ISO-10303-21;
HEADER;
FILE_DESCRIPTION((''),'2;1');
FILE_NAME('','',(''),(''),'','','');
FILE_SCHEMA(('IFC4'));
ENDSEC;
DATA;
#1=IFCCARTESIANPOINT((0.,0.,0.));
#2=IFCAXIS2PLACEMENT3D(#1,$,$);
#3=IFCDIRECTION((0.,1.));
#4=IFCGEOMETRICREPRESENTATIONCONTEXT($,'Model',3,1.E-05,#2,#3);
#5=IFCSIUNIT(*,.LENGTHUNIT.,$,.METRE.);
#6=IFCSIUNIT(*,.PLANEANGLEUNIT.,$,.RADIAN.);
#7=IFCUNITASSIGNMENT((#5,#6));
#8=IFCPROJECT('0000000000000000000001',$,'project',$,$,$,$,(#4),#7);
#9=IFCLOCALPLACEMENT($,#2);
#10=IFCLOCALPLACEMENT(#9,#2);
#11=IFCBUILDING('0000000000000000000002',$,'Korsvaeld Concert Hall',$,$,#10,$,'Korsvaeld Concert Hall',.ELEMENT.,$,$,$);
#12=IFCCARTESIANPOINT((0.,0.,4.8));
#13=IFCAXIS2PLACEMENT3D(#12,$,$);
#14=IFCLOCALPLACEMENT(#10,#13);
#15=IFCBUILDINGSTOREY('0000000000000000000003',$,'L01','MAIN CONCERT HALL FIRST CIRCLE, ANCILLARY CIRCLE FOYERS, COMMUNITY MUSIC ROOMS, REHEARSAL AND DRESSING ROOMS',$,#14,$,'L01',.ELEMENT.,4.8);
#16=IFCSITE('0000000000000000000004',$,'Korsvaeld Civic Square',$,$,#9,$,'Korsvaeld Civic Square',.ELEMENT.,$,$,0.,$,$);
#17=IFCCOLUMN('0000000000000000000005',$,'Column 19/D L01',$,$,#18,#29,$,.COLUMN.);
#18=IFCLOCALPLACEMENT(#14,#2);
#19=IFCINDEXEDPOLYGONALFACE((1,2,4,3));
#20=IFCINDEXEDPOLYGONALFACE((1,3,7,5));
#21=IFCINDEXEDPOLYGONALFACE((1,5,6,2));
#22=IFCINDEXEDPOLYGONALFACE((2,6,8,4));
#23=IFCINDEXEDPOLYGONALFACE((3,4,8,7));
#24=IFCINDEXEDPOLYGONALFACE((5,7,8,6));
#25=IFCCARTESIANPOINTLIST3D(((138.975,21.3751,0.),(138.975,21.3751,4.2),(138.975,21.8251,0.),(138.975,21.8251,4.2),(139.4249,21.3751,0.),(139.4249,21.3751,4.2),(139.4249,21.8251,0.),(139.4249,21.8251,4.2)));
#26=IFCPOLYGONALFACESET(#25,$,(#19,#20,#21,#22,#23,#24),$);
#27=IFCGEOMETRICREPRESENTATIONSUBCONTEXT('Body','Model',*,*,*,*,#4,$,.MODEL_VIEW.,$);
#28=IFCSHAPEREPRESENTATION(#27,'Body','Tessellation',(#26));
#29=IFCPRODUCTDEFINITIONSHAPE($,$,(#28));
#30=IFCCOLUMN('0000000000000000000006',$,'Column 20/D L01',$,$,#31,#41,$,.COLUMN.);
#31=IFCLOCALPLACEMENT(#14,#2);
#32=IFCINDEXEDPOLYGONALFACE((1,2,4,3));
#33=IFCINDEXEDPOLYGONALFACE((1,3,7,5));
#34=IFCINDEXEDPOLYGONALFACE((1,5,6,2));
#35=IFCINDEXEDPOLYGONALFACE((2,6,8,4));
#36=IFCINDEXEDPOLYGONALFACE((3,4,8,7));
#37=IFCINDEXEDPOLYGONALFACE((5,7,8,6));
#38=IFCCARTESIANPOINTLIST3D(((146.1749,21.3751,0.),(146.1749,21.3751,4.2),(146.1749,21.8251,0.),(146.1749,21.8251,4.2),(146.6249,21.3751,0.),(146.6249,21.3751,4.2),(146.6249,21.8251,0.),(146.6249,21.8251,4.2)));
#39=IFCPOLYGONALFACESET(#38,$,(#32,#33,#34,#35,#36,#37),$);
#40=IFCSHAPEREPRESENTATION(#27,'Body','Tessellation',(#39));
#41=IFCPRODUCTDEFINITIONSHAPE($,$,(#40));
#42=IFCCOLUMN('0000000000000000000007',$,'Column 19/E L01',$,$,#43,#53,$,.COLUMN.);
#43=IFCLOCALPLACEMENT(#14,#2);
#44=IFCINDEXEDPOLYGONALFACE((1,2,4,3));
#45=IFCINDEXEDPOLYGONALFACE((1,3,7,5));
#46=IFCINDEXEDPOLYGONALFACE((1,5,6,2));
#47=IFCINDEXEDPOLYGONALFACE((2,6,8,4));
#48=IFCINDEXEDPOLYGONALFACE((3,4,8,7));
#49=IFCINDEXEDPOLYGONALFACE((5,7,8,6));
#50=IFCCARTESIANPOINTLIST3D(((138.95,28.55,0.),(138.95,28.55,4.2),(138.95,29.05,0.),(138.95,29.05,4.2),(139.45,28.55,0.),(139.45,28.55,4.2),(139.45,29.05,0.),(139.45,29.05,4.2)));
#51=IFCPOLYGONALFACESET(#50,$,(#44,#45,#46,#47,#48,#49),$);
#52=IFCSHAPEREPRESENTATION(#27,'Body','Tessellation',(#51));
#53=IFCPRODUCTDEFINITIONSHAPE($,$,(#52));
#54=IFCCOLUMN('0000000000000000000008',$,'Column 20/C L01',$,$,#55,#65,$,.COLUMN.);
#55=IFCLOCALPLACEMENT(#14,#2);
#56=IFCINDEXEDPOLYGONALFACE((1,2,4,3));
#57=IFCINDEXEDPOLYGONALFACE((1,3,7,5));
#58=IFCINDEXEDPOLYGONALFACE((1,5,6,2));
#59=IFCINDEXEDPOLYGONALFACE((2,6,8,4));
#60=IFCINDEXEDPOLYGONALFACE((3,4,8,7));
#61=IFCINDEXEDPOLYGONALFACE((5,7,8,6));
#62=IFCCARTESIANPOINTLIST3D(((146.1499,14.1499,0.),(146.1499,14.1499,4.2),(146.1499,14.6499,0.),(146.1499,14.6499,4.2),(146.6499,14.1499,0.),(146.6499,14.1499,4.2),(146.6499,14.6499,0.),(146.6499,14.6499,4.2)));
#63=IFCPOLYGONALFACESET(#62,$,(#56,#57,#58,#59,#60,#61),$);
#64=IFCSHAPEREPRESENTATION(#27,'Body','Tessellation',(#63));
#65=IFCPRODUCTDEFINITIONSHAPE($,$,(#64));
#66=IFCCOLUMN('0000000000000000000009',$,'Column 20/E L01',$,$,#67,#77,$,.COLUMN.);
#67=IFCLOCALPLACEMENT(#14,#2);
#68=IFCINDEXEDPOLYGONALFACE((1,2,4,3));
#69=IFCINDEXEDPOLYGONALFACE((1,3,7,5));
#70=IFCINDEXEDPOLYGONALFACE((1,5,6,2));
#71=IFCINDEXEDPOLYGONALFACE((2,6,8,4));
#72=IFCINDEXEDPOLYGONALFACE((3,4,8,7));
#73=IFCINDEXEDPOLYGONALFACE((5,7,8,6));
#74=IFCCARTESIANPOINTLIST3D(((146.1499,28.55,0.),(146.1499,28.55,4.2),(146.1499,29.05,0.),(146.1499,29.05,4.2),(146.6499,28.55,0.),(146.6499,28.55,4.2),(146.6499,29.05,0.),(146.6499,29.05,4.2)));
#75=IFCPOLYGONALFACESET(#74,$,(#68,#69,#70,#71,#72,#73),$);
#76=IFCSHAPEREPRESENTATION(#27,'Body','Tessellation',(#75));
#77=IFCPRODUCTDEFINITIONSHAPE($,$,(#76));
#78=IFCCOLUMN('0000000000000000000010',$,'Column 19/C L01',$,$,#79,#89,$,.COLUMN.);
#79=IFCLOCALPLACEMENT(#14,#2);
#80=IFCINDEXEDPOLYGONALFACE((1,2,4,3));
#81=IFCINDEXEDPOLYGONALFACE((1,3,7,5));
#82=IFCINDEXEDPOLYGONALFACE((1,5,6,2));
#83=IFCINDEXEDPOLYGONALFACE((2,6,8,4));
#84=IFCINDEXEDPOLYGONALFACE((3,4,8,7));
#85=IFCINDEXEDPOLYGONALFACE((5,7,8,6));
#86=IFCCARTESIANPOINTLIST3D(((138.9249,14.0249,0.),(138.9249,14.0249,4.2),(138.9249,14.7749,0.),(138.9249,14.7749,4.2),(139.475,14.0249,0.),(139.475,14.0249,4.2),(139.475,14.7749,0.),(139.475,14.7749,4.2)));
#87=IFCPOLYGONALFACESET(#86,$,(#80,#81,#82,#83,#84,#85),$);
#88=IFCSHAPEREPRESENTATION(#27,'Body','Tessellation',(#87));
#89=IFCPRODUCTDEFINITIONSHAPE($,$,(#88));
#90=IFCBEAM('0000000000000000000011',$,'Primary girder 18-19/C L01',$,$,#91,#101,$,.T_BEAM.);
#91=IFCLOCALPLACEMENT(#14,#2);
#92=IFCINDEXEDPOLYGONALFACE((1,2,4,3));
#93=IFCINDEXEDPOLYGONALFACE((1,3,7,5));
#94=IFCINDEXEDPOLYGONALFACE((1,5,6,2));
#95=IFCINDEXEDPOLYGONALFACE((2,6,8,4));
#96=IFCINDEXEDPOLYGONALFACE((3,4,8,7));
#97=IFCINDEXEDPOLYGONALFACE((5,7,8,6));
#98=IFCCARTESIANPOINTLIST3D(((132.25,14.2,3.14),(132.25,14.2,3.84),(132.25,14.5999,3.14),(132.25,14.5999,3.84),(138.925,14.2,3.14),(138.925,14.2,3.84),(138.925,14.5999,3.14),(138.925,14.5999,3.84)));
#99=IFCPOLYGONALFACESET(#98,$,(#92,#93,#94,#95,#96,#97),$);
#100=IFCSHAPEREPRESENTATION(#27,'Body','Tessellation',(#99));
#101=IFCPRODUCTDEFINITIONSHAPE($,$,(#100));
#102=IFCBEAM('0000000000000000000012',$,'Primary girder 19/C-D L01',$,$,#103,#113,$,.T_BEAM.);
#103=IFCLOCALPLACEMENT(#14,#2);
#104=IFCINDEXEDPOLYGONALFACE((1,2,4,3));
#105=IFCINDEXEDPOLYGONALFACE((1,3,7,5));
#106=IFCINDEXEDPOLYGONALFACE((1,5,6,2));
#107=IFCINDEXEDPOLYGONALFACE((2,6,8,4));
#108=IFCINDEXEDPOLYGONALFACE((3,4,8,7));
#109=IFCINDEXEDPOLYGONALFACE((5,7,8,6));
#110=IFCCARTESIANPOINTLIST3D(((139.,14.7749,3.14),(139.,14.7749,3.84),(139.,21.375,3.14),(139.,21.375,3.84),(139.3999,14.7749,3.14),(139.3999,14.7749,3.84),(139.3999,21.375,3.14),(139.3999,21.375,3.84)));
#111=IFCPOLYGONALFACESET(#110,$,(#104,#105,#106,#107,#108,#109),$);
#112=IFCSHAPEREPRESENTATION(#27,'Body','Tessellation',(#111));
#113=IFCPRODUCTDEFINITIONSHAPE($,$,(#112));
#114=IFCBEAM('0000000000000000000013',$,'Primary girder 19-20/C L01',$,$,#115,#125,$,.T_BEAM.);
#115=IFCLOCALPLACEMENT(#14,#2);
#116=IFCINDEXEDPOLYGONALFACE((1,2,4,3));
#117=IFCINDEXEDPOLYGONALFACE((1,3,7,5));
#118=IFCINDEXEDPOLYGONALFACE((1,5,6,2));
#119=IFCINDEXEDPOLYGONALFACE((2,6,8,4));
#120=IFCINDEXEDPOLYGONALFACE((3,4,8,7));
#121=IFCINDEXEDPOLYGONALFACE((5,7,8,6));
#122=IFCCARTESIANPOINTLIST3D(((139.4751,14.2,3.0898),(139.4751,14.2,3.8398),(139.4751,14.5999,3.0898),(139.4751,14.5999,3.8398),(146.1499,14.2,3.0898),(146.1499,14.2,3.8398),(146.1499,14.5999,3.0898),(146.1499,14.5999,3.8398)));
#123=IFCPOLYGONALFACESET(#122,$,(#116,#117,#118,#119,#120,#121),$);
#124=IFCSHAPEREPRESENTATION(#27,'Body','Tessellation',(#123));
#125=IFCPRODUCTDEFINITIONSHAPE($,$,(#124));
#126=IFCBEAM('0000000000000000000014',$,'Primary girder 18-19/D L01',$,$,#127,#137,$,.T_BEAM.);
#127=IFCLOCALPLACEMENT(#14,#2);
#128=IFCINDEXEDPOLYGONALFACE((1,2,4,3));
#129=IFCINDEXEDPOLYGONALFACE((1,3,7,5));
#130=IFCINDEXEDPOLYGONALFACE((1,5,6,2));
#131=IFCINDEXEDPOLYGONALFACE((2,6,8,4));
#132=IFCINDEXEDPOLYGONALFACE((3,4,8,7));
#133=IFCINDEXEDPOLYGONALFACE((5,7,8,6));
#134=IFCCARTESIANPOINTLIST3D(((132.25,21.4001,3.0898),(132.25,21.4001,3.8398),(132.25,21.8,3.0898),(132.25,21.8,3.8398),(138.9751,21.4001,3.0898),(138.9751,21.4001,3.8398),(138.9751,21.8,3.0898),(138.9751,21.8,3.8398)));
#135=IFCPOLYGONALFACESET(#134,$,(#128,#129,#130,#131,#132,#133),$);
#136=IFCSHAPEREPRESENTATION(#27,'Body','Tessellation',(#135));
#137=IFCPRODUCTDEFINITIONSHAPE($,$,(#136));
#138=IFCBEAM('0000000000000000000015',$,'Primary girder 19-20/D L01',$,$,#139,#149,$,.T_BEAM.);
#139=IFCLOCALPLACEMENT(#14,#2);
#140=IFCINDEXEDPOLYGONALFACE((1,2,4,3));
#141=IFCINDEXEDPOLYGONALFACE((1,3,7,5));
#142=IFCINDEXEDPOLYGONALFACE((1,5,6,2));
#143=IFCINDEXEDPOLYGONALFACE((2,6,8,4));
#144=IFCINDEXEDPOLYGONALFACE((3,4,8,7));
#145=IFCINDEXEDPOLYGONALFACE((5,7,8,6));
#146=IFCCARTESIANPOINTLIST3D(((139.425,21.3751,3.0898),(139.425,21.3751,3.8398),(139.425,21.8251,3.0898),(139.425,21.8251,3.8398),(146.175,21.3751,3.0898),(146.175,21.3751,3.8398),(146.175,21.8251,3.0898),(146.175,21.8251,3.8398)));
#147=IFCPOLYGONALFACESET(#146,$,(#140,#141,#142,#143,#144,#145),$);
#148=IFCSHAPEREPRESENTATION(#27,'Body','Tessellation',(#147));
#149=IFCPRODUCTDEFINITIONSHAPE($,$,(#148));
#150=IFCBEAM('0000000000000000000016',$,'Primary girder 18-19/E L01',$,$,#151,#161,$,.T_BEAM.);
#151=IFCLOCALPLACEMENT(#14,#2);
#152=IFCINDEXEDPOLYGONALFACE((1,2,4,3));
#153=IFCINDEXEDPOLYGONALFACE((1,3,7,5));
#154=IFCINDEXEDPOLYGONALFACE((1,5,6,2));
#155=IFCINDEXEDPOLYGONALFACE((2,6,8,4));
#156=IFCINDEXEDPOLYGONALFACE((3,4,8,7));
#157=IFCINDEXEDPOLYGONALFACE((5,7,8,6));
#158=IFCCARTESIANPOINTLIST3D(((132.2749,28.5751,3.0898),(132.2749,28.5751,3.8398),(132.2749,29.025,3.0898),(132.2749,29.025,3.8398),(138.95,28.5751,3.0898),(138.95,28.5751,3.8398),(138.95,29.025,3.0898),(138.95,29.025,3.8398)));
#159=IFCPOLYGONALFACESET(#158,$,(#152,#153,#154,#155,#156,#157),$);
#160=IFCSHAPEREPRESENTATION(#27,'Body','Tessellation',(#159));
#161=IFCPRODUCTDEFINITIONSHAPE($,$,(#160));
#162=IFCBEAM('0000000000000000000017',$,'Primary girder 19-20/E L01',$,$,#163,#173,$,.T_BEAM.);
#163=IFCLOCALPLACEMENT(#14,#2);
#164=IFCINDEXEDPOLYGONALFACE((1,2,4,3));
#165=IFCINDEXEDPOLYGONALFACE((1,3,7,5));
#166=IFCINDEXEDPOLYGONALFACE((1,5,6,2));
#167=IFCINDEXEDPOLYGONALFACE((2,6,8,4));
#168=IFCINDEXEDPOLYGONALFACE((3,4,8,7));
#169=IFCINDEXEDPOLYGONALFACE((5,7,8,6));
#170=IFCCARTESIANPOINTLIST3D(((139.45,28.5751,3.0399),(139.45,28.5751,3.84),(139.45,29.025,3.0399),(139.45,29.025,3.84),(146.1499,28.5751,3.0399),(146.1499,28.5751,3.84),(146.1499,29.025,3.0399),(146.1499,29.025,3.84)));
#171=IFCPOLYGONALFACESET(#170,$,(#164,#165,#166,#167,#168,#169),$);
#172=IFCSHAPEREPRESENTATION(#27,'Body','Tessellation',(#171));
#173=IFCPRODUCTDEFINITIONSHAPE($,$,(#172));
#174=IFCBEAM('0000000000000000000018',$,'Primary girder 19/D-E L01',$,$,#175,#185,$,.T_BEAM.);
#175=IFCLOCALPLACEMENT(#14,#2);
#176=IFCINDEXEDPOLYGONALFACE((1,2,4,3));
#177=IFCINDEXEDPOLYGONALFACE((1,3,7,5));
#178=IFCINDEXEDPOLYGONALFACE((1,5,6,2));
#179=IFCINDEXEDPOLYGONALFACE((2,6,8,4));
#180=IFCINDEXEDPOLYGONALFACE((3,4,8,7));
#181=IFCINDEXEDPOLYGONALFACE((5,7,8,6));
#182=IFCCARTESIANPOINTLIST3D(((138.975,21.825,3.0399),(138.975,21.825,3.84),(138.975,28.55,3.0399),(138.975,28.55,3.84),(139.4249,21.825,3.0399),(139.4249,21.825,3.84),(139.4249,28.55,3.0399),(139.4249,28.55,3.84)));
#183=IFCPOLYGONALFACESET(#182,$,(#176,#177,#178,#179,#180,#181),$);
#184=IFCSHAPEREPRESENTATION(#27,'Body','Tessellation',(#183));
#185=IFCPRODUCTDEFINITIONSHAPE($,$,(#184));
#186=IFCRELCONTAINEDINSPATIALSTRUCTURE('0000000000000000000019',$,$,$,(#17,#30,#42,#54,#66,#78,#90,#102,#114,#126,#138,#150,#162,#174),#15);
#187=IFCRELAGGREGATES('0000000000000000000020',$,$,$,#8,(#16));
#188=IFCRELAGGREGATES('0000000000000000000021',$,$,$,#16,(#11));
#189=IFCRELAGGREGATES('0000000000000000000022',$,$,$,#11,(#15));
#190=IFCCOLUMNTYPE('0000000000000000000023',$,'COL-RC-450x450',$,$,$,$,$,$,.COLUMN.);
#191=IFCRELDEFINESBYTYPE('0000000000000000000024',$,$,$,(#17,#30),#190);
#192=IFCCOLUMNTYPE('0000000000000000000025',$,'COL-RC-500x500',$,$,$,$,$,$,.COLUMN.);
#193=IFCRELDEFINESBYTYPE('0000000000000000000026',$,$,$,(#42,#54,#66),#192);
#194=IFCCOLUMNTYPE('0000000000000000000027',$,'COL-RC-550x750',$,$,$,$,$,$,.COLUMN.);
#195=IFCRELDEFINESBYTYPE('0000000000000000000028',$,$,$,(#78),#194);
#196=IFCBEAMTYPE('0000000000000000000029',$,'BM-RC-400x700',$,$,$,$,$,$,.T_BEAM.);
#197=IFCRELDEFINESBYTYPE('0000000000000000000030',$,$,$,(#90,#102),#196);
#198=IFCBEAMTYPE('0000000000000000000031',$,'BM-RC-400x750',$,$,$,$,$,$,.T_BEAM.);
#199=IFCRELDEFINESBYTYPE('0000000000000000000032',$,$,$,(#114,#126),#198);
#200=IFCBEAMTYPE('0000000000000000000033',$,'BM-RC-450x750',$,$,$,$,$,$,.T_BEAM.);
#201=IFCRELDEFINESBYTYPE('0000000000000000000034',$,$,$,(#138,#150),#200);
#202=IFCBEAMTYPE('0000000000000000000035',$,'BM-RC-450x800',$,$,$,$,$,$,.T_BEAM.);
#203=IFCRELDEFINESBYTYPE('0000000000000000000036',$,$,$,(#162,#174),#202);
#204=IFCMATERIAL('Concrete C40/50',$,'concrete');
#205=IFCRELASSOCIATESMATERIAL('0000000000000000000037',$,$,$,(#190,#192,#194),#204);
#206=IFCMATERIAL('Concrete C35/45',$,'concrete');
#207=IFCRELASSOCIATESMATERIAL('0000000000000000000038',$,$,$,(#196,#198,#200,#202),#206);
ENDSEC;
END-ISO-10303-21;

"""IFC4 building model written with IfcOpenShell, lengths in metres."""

from ifc_helpers import new_model, si_unit, direction, frame, origin, origin_2d, place, context, subcontext, project, spatial, rectangle, extrude, material, material_profile, profile_set, type_object, element, save


model = new_model("IFC4")

# Units and contexts
model_context = context("Model", 3, precision=1e-05, world=origin(), true_north=direction((0.0, 1.0)))
body_context = subcontext(model_context, "Body", "Model", "MODEL_VIEW")
ifc_project = project(units=[si_unit("LENGTHUNIT", "METRE"), si_unit("PLANEANGLEUNIT", "RADIAN")], contexts=[model_context])

# Site, building, storey
site_placement = place(None, origin())
site = spatial("IfcSite", under=ifc_project, at=site_placement, Name="Korsvaeld Civic Square", LongName="Korsvaeld Civic Square", CompositionType="ELEMENT", RefElevation=0.0)
building_placement = place(site_placement, origin())
building = spatial("IfcBuilding", under=site, at=building_placement, Name="Korsvaeld Concert Hall", LongName="Korsvaeld Concert Hall", CompositionType="ELEMENT")
storey_placement = place(building_placement, frame((0.0, 0.0, 4.8)))
storey = spatial("IfcBuildingStorey", under=building, at=storey_placement, Name="L01", Description="MAIN CONCERT HALL FIRST CIRCLE, ANCILLARY CIRCLE FOYERS, COMMUNITY MUSIC ROOMS, REHEARSAL AND DRESSING ROOMS", LongName="L01", CompositionType="ELEMENT", Elevation=4.8)

# Columns
ifc_material_1 = material(Name="Concrete C40/50", Category="concrete")
ifc_material_profile_1 = material_profile(ifc_material_1, rectangle(XDim=0.45, YDim=0.45, at=origin_2d()), Name="RC 450x450")
ifc_profile_set_1 = profile_set([ifc_material_profile_1], Name="Concrete C40/50")
column_type_1 = type_object("IfcColumnType", Name="COL-RC-450x450", PredefinedType="COLUMN", material=ifc_profile_set_1)
for number, where, z_axis, x_axis, name in (
    (1, (139.2, 21.6001, 0.0), (0.0, 0.0, 1.0), (1.0, 0.0, 0.0), "Column 19/D L01"),
    (2, (146.3999, 21.6001, 0.0), (0.0, 0.0, 1.0), (1.0, 0.0, 0.0), "Column 20/D L01"),
):
    element("IfcColumn", number, at=place(storey_placement, frame(where, z_axis=z_axis, x_axis=x_axis)), inside=storey, type_object=column_type_1, Name=name, PredefinedType="COLUMN", context=body_context, shape_type="SweptSolid", body=[
        extrude(rectangle(XDim=0.45, YDim=0.45, at=origin_2d()), origin(), (0.0, 0.0, 1.0), 4.2),
    ])
ifc_material_profile_2 = material_profile(ifc_material_1, rectangle(XDim=0.5, YDim=0.5, at=origin_2d()), Name="RC 500x500")
ifc_profile_set_2 = profile_set([ifc_material_profile_2], Name="Concrete C40/50")
column_type_2 = type_object("IfcColumnType", Name="COL-RC-500x500", PredefinedType="COLUMN", material=ifc_profile_set_2)
for number, where, z_axis, x_axis, name in (
    (3, (139.2, 28.8, 0.0), (0.0, 0.0, 1.0), (1.0, 0.0, 0.0), "Column 19/E L01"),
    (4, (146.3999, 14.3999, 0.0), (0.0, 0.0, 1.0), (1.0, 0.0, 0.0), "Column 20/C L01"),
    (5, (146.3999, 28.8, 0.0), (0.0, 0.0, 1.0), (1.0, 0.0, 0.0), "Column 20/E L01"),
):
    element("IfcColumn", number, at=place(storey_placement, frame(where, z_axis=z_axis, x_axis=x_axis)), inside=storey, type_object=column_type_2, Name=name, PredefinedType="COLUMN", context=body_context, shape_type="SweptSolid", body=[
        extrude(rectangle(XDim=0.5, YDim=0.5, at=origin_2d()), origin(), (0.0, 0.0, 1.0), 4.2),
    ])
ifc_material_profile_3 = material_profile(ifc_material_1, rectangle(XDim=0.55, YDim=0.75, at=origin_2d()), Name="RC 550x750")
ifc_profile_set_3 = profile_set([ifc_material_profile_3], Name="Concrete C40/50")
column_type_3 = type_object("IfcColumnType", Name="COL-RC-550x750", PredefinedType="COLUMN", material=ifc_profile_set_3)
column_placement = place(storey_placement, frame((139.2, 14.3999, 0.0), z_axis=(0.0, 0.0, 1.0), x_axis=(1.0, 0.0, 0.0)))
element("IfcColumn", 6, at=column_placement, inside=storey, type_object=column_type_3, Name="Column 19/C L01", PredefinedType="COLUMN", context=body_context, shape_type="SweptSolid", body=[
    extrude(rectangle(XDim=0.55, YDim=0.75, at=origin_2d()), origin(), (0.0, 0.0, 1.0), 4.2),
])

# Beams
ifc_material_2 = material(Name="Concrete C35/45", Category="concrete")
ifc_material_profile_4 = material_profile(ifc_material_2, rectangle(XDim=0.3999, YDim=0.7, at=origin_2d()), Name="RC 400x700")
ifc_profile_set_4 = profile_set([ifc_material_profile_4], Name="Concrete C35/45")
beam_type_1 = type_object("IfcBeamType", Name="BM-RC-400x700", PredefinedType="T_BEAM", material=ifc_profile_set_4)
beam_1_placement = place(storey_placement, frame((132.25, 14.3999, 3.49), z_axis=(1.0, 0.0, 0.0), x_axis=(0.0, 1.0, 0.0)))
element("IfcBeam", 7, at=beam_1_placement, inside=storey, type_object=beam_type_1, Name="Primary girder 18-19/C L01", PredefinedType="T_BEAM", context=body_context, shape_type="SweptSolid", body=[
    extrude(rectangle(XDim=0.3999, YDim=0.7, at=origin_2d()), origin(), (0.0, 0.0, 1.0), 6.675),
])
beam_2_placement = place(storey_placement, frame((139.2, 14.7749, 3.49), z_axis=(0.0, 1.0, 0.0), x_axis=(-1.0, 0.0, 0.0)))
element("IfcBeam", 8, at=beam_2_placement, inside=storey, type_object=beam_type_1, Name="Primary girder 19/C-D L01", PredefinedType="T_BEAM", context=body_context, shape_type="SweptSolid", body=[
    extrude(rectangle(XDim=0.3999, YDim=0.7, at=origin_2d()), origin(), (0.0, 0.0, 1.0), 6.6001),
])
ifc_material_profile_5 = material_profile(ifc_material_2, rectangle(XDim=0.3999, YDim=0.75, at=origin_2d()), Name="RC 400x750")
ifc_profile_set_5 = profile_set([ifc_material_profile_5], Name="Concrete C35/45")
beam_type_2 = type_object("IfcBeamType", Name="BM-RC-400x750", PredefinedType="T_BEAM", material=ifc_profile_set_5)
beam_3_placement = place(storey_placement, frame((139.4751, 14.3999, 3.4648), z_axis=(1.0, 0.0, 0.0), x_axis=(0.0, 1.0, 0.0)))
element("IfcBeam", 9, at=beam_3_placement, inside=storey, type_object=beam_type_2, Name="Primary girder 19-20/C L01", PredefinedType="T_BEAM", context=body_context, shape_type="SweptSolid", body=[
    extrude(rectangle(XDim=0.3999, YDim=0.75, at=origin_2d()), origin(), (0.0, 0.0, 1.0), 6.6748),
])
beam_4_placement = place(storey_placement, frame((132.25, 21.6001, 3.4648), z_axis=(1.0, 0.0, 0.0), x_axis=(0.0, 1.0, 0.0)))
element("IfcBeam", 10, at=beam_4_placement, inside=storey, type_object=beam_type_2, Name="Primary girder 18-19/D L01", PredefinedType="T_BEAM", context=body_context, shape_type="SweptSolid", body=[
    extrude(rectangle(XDim=0.3999, YDim=0.75, at=origin_2d()), origin(), (0.0, 0.0, 1.0), 6.7251),
])
ifc_material_profile_6 = material_profile(ifc_material_2, rectangle(XDim=0.45, YDim=0.75, at=origin_2d()), Name="RC 450x750")
ifc_profile_set_6 = profile_set([ifc_material_profile_6], Name="Concrete C35/45")
beam_type_3 = type_object("IfcBeamType", Name="BM-RC-450x750", PredefinedType="T_BEAM", material=ifc_profile_set_6)
beam_5_placement = place(storey_placement, frame((139.425, 21.6001, 3.4648), z_axis=(1.0, 0.0, 0.0), x_axis=(0.0, 1.0, 0.0)))
element("IfcBeam", 11, at=beam_5_placement, inside=storey, type_object=beam_type_3, Name="Primary girder 19-20/D L01", PredefinedType="T_BEAM", context=body_context, shape_type="SweptSolid", body=[
    extrude(rectangle(XDim=0.45, YDim=0.75, at=origin_2d()), origin(), (0.0, 0.0, 1.0), 6.75),
])
beam_6_placement = place(storey_placement, frame((132.2749, 28.8, 3.4648), z_axis=(1.0, 0.0, 0.0), x_axis=(0.0, 1.0, 0.0)))
element("IfcBeam", 12, at=beam_6_placement, inside=storey, type_object=beam_type_3, Name="Primary girder 18-19/E L01", PredefinedType="T_BEAM", context=body_context, shape_type="SweptSolid", body=[
    extrude(rectangle(XDim=0.45, YDim=0.75, at=origin_2d()), origin(), (0.0, 0.0, 1.0), 6.675),
])
ifc_material_profile_7 = material_profile(ifc_material_2, rectangle(XDim=0.45, YDim=0.8, at=origin_2d()), Name="RC 450x800")
ifc_profile_set_7 = profile_set([ifc_material_profile_7], Name="Concrete C35/45")
beam_type_4 = type_object("IfcBeamType", Name="BM-RC-450x800", PredefinedType="T_BEAM", material=ifc_profile_set_7)
beam_7_placement = place(storey_placement, frame((139.45, 28.8, 3.4399), z_axis=(1.0, 0.0, 0.0), x_axis=(0.0, 1.0, 0.0)))
element("IfcBeam", 13, at=beam_7_placement, inside=storey, type_object=beam_type_4, Name="Primary girder 19-20/E L01", PredefinedType="T_BEAM", context=body_context, shape_type="SweptSolid", body=[
    extrude(rectangle(XDim=0.45, YDim=0.8, at=origin_2d()), origin(), (0.0, 0.0, 1.0), 6.7),
])
for number, where, z_axis, x_axis, name in (
    (14, (139.2, 21.825, 3.4399), (0.0, 1.0, 0.0), (-1.0, 0.0, 0.0), "Primary girder 19/D-E L01"),
):
    element("IfcBeam", number, at=place(storey_placement, frame(where, z_axis=z_axis, x_axis=x_axis)), inside=storey, type_object=beam_type_4, Name=name, PredefinedType="T_BEAM", context=body_context, shape_type="SweptSolid", body=[
        extrude(rectangle(XDim=0.45, YDim=0.8, at=origin_2d()), origin(), (0.0, 0.0, 1.0), 6.7251),
    ])

save(model, "model.ifc")
